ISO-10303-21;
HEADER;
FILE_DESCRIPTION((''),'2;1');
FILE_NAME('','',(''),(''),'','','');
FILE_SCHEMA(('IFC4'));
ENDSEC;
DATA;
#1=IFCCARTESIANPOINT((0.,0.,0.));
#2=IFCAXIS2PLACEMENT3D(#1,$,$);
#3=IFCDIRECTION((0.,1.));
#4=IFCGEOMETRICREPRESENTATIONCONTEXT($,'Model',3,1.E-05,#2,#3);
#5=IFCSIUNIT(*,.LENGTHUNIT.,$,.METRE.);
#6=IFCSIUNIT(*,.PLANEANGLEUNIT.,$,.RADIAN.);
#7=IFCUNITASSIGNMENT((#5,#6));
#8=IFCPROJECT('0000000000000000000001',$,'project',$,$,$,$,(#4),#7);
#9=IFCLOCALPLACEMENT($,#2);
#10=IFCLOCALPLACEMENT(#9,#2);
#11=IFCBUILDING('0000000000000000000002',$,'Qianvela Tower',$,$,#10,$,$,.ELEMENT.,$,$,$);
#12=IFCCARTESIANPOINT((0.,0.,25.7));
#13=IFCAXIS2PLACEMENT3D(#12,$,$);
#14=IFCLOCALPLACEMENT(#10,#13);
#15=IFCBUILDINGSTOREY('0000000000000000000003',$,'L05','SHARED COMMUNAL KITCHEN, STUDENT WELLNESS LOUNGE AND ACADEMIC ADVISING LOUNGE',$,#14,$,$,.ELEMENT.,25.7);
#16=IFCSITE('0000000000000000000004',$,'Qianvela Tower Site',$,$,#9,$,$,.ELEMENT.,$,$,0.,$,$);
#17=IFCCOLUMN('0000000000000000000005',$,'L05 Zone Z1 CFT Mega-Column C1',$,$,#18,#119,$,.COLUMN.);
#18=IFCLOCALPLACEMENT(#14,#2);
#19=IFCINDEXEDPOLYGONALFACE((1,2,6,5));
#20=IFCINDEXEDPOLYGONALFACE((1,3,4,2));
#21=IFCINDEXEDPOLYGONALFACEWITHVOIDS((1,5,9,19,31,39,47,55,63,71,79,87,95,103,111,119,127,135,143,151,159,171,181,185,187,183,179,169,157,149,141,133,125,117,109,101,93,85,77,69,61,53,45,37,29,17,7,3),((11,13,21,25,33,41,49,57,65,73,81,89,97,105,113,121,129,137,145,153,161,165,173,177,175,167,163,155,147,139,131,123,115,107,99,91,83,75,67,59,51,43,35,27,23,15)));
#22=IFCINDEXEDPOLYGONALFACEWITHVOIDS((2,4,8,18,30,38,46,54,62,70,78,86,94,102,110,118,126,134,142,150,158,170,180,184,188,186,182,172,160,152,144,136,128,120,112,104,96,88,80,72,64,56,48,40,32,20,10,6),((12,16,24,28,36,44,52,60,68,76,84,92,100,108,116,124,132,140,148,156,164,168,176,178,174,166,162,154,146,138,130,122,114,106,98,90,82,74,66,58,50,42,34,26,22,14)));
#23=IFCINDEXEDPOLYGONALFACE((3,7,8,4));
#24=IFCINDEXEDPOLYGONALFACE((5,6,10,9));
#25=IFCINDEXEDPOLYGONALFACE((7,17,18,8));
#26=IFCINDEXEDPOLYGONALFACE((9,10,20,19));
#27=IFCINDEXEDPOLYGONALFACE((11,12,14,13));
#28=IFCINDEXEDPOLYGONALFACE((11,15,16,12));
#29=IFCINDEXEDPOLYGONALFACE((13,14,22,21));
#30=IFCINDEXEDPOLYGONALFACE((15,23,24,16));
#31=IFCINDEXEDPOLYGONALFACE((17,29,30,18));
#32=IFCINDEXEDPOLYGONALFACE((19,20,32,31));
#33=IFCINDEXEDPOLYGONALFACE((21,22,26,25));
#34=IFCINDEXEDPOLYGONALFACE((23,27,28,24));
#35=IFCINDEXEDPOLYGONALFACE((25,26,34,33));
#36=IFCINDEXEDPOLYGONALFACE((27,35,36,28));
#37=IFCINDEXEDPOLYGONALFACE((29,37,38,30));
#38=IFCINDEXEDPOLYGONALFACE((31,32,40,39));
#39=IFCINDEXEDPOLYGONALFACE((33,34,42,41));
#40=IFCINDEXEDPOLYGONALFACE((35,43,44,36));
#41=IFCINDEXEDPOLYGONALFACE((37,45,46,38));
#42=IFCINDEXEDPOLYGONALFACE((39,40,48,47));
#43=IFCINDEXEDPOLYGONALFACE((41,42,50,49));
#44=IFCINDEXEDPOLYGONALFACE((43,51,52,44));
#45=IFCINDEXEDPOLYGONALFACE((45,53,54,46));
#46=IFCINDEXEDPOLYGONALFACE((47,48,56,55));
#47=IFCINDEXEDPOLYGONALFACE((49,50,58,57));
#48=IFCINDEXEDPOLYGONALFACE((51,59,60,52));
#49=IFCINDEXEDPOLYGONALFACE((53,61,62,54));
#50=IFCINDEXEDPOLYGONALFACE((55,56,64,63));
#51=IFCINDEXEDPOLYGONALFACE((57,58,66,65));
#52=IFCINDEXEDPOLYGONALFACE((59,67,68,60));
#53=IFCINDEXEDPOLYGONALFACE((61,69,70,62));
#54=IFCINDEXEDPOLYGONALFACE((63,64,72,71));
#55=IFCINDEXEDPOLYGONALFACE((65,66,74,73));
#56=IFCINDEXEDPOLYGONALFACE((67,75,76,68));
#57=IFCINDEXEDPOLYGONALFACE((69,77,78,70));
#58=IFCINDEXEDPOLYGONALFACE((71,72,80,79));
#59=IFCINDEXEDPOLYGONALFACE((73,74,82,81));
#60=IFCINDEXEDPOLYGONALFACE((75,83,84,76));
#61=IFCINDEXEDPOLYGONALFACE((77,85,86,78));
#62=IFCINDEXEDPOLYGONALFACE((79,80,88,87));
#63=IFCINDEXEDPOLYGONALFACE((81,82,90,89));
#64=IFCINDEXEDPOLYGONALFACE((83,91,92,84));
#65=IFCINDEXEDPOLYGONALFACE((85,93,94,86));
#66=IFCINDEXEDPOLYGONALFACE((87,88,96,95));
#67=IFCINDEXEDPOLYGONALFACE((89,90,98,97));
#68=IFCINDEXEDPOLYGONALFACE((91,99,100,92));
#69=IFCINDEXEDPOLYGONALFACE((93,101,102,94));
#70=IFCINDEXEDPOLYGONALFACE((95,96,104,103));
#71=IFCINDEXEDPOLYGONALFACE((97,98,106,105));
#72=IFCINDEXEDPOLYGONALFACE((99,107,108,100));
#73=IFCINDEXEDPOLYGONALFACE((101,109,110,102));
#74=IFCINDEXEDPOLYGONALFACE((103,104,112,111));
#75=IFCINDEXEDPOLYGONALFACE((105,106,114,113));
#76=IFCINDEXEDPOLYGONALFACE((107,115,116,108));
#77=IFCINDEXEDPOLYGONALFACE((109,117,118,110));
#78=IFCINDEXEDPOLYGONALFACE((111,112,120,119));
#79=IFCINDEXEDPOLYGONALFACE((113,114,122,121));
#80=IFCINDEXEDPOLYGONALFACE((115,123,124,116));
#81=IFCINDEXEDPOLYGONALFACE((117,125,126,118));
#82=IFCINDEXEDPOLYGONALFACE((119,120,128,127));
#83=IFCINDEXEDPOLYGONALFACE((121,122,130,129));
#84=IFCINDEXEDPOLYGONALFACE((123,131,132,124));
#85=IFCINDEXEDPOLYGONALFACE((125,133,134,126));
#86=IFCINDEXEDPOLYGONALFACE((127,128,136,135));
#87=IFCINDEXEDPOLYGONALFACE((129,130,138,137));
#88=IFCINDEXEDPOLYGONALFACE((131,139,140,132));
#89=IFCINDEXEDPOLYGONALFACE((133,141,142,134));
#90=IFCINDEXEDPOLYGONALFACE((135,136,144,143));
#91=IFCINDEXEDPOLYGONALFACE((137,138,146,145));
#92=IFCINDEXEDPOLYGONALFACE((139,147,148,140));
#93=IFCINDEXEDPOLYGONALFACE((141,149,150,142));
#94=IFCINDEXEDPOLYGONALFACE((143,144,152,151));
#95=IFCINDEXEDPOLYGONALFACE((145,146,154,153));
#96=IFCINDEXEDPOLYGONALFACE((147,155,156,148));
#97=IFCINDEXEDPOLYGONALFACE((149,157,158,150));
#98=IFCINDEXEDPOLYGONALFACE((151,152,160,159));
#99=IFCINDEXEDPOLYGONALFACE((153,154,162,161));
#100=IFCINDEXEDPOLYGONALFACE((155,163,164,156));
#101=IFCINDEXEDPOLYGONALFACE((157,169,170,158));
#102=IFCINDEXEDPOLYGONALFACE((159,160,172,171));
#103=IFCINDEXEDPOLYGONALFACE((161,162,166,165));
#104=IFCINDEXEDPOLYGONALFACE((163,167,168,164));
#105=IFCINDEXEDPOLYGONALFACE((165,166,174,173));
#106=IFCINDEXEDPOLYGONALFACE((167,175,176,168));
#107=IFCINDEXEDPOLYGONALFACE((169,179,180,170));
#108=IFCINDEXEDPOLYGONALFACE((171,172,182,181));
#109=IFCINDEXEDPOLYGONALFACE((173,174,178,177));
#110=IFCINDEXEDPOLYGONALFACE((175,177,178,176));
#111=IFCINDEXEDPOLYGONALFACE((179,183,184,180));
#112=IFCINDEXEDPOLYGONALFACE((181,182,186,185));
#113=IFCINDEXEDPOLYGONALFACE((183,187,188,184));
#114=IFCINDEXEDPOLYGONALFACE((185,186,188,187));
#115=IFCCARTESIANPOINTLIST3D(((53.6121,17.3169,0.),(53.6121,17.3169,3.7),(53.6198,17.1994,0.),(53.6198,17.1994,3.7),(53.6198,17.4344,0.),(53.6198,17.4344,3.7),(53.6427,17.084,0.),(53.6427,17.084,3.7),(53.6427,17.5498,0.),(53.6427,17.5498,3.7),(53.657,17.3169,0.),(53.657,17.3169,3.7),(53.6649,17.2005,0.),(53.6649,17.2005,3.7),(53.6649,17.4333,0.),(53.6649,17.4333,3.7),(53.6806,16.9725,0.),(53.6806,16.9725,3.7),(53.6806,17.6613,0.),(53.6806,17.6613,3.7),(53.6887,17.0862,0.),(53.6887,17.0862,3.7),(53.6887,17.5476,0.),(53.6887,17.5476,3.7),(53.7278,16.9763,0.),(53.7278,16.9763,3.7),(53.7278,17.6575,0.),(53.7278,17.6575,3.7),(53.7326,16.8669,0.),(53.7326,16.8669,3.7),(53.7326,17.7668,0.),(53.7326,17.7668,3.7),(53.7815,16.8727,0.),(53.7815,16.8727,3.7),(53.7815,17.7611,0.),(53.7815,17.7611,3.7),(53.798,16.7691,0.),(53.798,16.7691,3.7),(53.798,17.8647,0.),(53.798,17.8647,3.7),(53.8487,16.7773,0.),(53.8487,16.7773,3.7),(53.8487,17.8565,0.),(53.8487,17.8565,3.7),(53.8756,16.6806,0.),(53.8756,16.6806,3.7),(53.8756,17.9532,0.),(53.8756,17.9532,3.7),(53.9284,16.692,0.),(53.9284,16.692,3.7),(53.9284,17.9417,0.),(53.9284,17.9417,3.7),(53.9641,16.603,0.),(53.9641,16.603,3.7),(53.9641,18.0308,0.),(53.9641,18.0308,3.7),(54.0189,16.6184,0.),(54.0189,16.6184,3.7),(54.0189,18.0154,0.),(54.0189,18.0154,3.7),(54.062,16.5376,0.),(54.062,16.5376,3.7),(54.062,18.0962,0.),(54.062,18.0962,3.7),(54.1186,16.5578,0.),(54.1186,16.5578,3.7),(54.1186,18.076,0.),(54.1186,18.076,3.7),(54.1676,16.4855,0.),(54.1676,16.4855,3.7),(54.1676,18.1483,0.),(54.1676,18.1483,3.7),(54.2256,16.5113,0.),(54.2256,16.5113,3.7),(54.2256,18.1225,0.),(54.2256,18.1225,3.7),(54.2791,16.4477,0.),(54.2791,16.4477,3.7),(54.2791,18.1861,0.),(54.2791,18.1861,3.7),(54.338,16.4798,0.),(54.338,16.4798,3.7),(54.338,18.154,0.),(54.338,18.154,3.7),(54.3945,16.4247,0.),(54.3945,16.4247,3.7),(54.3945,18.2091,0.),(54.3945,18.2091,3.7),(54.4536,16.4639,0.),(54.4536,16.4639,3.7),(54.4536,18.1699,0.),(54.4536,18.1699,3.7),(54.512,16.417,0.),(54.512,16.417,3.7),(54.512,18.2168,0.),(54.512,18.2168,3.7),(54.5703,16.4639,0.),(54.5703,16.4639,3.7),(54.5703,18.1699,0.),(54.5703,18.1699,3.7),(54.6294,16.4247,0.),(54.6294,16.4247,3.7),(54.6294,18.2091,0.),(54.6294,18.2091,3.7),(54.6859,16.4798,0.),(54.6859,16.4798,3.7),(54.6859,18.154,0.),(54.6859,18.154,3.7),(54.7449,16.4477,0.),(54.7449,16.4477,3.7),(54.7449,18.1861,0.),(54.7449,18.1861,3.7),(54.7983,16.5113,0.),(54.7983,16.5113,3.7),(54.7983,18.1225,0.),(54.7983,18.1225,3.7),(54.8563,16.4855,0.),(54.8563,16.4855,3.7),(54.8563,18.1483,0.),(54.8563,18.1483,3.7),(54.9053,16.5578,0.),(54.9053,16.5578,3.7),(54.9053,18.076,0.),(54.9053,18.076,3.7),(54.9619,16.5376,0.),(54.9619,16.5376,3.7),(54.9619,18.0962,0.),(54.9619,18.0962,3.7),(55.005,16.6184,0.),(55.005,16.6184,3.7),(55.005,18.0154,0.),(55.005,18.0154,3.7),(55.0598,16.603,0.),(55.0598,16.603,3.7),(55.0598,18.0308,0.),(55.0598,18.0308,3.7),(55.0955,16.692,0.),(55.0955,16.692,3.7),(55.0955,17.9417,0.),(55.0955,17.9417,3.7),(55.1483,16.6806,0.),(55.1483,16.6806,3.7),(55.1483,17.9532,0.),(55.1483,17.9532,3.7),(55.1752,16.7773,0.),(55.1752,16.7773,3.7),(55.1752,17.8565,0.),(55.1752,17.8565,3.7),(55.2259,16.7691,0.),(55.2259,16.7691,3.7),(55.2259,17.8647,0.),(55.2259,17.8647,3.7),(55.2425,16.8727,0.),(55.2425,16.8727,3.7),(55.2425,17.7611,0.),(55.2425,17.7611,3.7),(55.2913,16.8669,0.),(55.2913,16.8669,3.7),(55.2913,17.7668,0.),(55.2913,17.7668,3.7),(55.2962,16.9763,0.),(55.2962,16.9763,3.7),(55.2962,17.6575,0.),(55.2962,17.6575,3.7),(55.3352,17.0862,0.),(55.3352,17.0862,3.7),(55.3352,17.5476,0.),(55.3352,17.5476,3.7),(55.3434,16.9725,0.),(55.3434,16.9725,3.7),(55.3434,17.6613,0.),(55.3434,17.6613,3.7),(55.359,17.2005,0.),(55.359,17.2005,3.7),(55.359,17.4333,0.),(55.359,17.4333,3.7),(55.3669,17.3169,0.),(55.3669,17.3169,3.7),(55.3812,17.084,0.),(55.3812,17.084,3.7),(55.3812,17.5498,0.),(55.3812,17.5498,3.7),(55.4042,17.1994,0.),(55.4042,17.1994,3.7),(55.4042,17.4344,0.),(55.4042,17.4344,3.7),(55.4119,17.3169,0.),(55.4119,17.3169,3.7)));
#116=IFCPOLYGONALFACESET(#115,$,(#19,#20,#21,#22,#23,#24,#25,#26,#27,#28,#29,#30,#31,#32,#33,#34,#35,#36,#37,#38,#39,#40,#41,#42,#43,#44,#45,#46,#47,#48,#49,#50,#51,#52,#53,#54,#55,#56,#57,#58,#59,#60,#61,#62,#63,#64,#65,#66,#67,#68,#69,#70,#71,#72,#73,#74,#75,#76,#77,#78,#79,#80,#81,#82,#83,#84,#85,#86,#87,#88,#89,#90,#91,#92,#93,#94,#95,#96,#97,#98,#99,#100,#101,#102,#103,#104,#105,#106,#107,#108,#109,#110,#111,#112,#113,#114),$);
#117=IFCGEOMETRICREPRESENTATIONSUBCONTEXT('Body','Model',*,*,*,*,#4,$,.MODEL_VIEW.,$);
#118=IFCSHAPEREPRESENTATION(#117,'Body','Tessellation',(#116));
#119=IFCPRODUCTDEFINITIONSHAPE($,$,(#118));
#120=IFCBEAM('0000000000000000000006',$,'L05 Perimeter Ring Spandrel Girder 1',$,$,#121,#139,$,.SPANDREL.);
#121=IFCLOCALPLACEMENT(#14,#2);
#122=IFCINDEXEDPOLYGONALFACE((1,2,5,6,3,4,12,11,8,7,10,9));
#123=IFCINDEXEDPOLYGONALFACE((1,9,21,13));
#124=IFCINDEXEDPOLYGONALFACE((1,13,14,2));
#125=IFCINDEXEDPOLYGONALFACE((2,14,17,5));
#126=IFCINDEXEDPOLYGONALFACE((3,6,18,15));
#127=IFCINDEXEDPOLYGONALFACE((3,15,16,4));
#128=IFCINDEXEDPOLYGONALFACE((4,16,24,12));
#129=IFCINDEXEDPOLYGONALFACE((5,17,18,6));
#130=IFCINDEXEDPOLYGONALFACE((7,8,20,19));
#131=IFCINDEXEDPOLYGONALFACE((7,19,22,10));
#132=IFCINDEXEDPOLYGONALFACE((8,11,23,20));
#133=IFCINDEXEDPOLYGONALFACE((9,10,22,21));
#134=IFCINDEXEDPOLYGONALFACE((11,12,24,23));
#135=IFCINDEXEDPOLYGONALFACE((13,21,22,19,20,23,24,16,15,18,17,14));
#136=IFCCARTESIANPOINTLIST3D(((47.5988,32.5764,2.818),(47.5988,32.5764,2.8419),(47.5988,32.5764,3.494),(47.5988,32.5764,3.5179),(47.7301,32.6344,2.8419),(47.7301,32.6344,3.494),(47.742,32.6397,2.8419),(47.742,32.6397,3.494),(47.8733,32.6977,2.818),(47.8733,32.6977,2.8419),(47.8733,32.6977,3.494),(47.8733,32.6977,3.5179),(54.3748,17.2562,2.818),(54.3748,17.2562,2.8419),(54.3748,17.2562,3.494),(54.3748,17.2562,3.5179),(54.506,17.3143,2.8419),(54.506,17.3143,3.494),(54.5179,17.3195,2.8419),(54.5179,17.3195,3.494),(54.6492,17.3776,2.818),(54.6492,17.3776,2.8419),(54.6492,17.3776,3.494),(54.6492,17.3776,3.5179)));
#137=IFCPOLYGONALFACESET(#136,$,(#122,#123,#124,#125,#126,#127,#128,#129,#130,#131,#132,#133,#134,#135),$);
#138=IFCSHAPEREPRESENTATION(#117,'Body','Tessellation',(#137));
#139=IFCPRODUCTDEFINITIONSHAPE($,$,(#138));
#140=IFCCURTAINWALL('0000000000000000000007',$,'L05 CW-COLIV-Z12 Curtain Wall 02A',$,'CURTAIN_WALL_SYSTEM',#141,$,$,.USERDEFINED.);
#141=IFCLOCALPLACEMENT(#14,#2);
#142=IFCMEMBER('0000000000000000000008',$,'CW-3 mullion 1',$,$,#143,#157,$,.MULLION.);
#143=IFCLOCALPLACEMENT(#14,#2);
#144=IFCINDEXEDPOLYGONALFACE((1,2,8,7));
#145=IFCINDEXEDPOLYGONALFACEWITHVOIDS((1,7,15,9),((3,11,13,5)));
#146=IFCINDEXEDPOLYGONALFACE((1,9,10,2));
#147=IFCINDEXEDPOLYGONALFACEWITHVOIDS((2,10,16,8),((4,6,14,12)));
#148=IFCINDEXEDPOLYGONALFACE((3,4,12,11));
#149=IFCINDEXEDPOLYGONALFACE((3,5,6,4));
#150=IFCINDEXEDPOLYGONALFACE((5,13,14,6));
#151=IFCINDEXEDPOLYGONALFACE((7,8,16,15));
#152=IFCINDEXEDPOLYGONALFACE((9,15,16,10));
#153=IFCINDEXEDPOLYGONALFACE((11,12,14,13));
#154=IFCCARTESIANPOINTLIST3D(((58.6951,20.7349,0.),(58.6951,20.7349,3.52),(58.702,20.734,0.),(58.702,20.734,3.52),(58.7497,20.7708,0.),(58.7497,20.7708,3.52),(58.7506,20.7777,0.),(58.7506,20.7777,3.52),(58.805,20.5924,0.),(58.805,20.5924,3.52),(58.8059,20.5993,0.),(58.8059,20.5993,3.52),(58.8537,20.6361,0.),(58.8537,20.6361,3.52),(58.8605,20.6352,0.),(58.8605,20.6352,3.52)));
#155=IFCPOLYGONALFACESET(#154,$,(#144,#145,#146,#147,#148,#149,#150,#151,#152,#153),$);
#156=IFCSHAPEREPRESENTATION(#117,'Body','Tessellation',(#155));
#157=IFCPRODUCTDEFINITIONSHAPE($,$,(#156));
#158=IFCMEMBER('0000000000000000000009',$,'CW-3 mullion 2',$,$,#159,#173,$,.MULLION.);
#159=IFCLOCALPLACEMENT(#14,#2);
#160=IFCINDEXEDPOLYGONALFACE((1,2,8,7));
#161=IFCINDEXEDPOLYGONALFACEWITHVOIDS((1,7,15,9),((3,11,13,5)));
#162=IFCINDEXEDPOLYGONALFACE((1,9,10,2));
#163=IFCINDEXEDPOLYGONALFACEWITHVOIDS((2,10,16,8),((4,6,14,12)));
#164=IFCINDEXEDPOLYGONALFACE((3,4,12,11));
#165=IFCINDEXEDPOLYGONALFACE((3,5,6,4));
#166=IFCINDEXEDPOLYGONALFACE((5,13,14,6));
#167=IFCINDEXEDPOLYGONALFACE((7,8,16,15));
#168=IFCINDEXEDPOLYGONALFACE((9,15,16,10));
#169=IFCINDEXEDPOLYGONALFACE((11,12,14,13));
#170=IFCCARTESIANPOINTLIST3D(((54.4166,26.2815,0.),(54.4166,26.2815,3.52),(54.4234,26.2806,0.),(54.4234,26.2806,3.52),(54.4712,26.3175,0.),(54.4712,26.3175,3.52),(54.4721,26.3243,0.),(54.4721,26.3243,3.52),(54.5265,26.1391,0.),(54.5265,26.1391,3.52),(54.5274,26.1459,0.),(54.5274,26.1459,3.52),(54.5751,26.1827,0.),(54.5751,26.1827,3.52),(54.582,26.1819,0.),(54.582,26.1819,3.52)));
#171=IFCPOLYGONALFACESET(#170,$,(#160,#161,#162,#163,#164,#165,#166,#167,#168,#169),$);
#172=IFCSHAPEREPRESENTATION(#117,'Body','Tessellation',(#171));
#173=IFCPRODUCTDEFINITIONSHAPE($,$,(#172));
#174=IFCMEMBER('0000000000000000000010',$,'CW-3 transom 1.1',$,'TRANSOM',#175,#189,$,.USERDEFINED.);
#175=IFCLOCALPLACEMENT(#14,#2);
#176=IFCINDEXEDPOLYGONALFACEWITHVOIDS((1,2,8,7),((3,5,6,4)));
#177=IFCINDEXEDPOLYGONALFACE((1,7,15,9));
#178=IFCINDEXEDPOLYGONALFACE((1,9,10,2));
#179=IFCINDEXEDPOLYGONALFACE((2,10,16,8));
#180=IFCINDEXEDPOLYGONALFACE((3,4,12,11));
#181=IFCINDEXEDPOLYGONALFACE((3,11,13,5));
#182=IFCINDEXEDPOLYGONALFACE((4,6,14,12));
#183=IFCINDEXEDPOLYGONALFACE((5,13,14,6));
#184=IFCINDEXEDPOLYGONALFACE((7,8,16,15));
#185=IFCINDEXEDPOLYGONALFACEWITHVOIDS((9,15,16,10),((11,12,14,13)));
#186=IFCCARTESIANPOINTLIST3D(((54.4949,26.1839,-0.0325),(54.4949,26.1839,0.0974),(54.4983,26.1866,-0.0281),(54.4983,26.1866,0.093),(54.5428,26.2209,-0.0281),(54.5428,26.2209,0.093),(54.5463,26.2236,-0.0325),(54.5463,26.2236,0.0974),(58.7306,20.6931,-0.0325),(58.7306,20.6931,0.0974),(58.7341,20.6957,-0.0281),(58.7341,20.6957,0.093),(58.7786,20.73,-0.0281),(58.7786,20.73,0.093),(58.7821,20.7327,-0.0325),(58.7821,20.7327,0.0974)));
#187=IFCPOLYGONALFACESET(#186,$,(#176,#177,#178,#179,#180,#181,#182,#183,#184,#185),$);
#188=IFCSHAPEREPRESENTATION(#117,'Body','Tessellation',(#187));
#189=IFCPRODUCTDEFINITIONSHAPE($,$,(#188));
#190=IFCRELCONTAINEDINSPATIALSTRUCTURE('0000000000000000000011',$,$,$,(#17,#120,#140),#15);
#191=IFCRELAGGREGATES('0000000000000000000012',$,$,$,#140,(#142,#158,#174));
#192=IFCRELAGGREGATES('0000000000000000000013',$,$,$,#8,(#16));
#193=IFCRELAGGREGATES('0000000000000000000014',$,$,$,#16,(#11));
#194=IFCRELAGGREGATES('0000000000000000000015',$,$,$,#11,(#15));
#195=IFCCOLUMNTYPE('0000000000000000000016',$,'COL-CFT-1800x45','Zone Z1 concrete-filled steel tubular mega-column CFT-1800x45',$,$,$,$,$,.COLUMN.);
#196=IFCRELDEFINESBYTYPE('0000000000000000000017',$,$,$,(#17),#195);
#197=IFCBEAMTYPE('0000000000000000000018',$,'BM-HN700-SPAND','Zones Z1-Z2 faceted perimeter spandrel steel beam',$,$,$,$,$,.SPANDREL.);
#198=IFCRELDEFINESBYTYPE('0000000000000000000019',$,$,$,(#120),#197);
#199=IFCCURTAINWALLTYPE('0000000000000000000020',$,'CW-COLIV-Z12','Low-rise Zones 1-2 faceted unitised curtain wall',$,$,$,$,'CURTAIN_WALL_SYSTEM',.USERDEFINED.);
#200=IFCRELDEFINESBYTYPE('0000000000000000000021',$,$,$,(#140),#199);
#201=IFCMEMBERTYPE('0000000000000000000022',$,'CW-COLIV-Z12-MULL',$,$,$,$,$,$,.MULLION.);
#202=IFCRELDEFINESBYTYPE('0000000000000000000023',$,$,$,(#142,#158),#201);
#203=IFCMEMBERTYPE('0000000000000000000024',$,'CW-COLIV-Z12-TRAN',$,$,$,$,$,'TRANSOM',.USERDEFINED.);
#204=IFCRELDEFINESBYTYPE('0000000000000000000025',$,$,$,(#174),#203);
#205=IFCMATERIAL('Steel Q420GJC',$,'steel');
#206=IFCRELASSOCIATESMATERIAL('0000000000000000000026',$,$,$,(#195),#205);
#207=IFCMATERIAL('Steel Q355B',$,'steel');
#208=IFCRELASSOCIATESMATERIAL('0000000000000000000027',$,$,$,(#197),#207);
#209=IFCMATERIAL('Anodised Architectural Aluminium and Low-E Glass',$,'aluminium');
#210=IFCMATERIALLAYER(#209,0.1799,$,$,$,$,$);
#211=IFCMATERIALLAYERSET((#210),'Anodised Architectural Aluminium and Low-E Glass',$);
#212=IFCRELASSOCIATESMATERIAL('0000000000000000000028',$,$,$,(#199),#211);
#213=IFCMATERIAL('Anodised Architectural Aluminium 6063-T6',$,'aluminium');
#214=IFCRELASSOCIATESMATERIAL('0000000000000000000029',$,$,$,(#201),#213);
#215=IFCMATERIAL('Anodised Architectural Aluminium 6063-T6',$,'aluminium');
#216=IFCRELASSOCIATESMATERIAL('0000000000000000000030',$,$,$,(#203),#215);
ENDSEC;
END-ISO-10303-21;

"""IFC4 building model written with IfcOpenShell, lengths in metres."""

from ifc_helpers import new_model, si_unit, direction, frame, origin, origin_2d, place, context, subcontext, project, spatial, hollow_rectangle, hollow_circle, i_section, extrude, material, layer, layer_set, material_profile, profile_set, type_object, element, aggregate, save


model = new_model("IFC4")

# Units and contexts
model_context = context("Model", 3, precision=1e-05, world=origin(), true_north=direction((0.0, 1.0)))
body_context = subcontext(model_context, "Body", "Model", "MODEL_VIEW")
ifc_project = project(units=[si_unit("LENGTHUNIT", "METRE"), si_unit("PLANEANGLEUNIT", "RADIAN")], contexts=[model_context])

# Site, building, storey
site_placement = place(None, origin())
site = spatial("IfcSite", under=ifc_project, at=site_placement, Name="Qianvela Tower Site", CompositionType="ELEMENT", RefElevation=0.0)
building_placement = place(site_placement, origin())
building = spatial("IfcBuilding", under=site, at=building_placement, Name="Qianvela Tower", CompositionType="ELEMENT")
storey_placement = place(building_placement, frame((0.0, 0.0, 25.7)))
storey = spatial("IfcBuildingStorey", under=building, at=storey_placement, Name="L05", Description="SHARED COMMUNAL KITCHEN, STUDENT WELLNESS LOUNGE AND ACADEMIC ADVISING LOUNGE", CompositionType="ELEMENT", Elevation=25.7)

# Column
ifc_material_1 = material(Name="Steel Q420GJC", Category="steel")
ifc_material_profile_1 = material_profile(ifc_material_1, hollow_circle(Radius=0.8999, WallThickness=0.0449, at=origin_2d()), Name="CFT-1800x45")
ifc_profile_set_1 = profile_set([ifc_material_profile_1], Name="Steel Q420GJC")
column_type = type_object("IfcColumnType", Name="COL-CFT-1800x45", Description="Zone Z1 concrete-filled steel tubular mega-column CFT-1800x45", PredefinedType="COLUMN", material=ifc_profile_set_1)
column_placement = place(storey_placement, frame((54.512, 17.3169, 0.0), z_axis=(0.0, 0.0, 1.0), x_axis=(1.0, 0.0, 0.0)))
element("IfcColumn", 1, at=column_placement, inside=storey, type_object=column_type, Name="L05 Zone Z1 CFT Mega-Column C1", PredefinedType="COLUMN", context=body_context, shape_type="SweptSolid", body=[
    extrude(hollow_circle(Radius=0.8999, WallThickness=0.0449, at=origin_2d()), origin(), (0.0, 0.0, 1.0), 3.7),
])

# Beam
ifc_material_2 = material(Name="Steel Q355B", Category="steel")
ifc_material_profile_2 = material_profile(ifc_material_2, i_section(OverallWidth=0.3, OverallDepth=0.7, WebThickness=0.0129, FlangeThickness=0.0239, at=origin_2d()), Name="HN700x300x13x24")
ifc_profile_set_2 = profile_set([ifc_material_profile_2], Name="Steel Q355B")
beam_type = type_object("IfcBeamType", Name="BM-HN700-SPAND", Description="Zones Z1-Z2 faceted perimeter spandrel steel beam", PredefinedType="SPANDREL", material=ifc_profile_set_2)
beam_placement = place(storey_placement, frame((54.512, 17.3169, 3.168), z_axis=(-0.404491, 0.914542, 0.0), x_axis=(-0.914542, -0.404491, 0.0)))
element("IfcBeam", 2, at=beam_placement, inside=storey, type_object=beam_type, Name="L05 Perimeter Ring Spandrel Girder 1", PredefinedType="SPANDREL", context=body_context, shape_type="SweptSolid", body=[
    extrude(i_section(OverallWidth=0.3, OverallDepth=0.7, WebThickness=0.0129, FlangeThickness=0.0239, at=origin_2d()), origin(), (0.0, 0.0, 1.0), 16.7517),
])

# Curtain wall, members
ifc_material_3 = material(Name="Anodised Architectural Aluminium and Low-E Glass", Category="aluminium")
ifc_layer_1 = layer(ifc_material_3, 0.1799)
ifc_layer_set_1 = layer_set([ifc_layer_1], Name="Anodised Architectural Aluminium and Low-E Glass")
curtain_wall_type = type_object("IfcCurtainWallType", Name="CW-COLIV-Z12", Description="Low-rise Zones 1-2 faceted unitised curtain wall", ElementType="CURTAIN_WALL_SYSTEM", PredefinedType="USERDEFINED", material=ifc_layer_set_1)
curtain_wall_placement = place(storey_placement, origin())
curtain_wall = element("IfcCurtainWall", 3, at=curtain_wall_placement, inside=storey, type_object=curtain_wall_type, Name="L05 CW-COLIV-Z12 Curtain Wall 02A", ObjectType="CURTAIN_WALL_SYSTEM", PredefinedType="USERDEFINED")
ifc_material_4 = material(Name="Anodised Architectural Aluminium 6063-T6", Category="aluminium")
ifc_material_profile_3 = material_profile(ifc_material_4, hollow_rectangle(XDim=0.0701, YDim=0.1799, WallThickness=0.0049, at=origin_2d()), Name="ALU-MULL-70x180")
ifc_profile_set_3 = profile_set([ifc_material_profile_3], Name="Anodised Architectural Aluminium 6063-T6")
member_type_1 = type_object("IfcMemberType", Name="CW-COLIV-Z12-MULL", PredefinedType="MULLION", material=ifc_profile_set_3)
member_1_placement = place(storey_placement, frame((58.7778, 20.6851, 0.0), z_axis=(0.0, 0.0, 1.0), x_axis=(-0.791789, -0.610795, 0.0)))
member_1 = element("IfcMember", 4, at=member_1_placement, type_object=member_type_1, Name="CW-3 mullion 1", PredefinedType="MULLION", context=body_context, shape_type="SweptSolid", body=[
    extrude(hollow_rectangle(XDim=0.0701, YDim=0.1799, WallThickness=0.0049, at=origin_2d()), origin(), (0.0, 0.0, 1.0), 3.52),
])
member_2_placement = place(storey_placement, frame((54.4993, 26.2317, 0.0), z_axis=(0.0, 0.0, 1.0), x_axis=(-0.791789, -0.610795, 0.0)))
member_2 = element("IfcMember", 5, at=member_2_placement, type_object=member_type_1, Name="CW-3 mullion 2", PredefinedType="MULLION", context=body_context, shape_type="SweptSolid", body=[
    extrude(hollow_rectangle(XDim=0.0701, YDim=0.1799, WallThickness=0.0049, at=origin_2d()), origin(), (0.0, 0.0, 1.0), 3.52),
])
ifc_material_5 = material(Name="Anodised Architectural Aluminium 6063-T6", Category="aluminium")
ifc_material_profile_4 = material_profile(ifc_material_5, hollow_rectangle(XDim=0.0649, YDim=0.1299, WallThickness=0.0044, at=origin_2d()), Name="ALU-TRAN-65x130")
ifc_profile_set_4 = profile_set([ifc_material_profile_4], Name="Anodised Architectural Aluminium 6063-T6")
member_type_2 = type_object("IfcMemberType", Name="CW-COLIV-Z12-TRAN", ElementType="TRANSOM", PredefinedType="USERDEFINED", material=ifc_profile_set_4)
member_3_placement = place(storey_placement, frame((58.7563, 20.7129, 0.0325), z_axis=(-0.610799, 0.791786, 0.0), x_axis=(-0.791786, -0.610799, 0.0)))
member_3 = element("IfcMember", 6, at=member_3_placement, type_object=member_type_2, Name="CW-3 transom 1.1", ObjectType="TRANSOM", PredefinedType="USERDEFINED", context=body_context, shape_type="SweptSolid", body=[
    extrude(hollow_rectangle(XDim=0.0649, YDim=0.1299, WallThickness=0.0044, at=origin_2d()), origin(), (0.0, 0.0, 1.0), 6.9348),
])
aggregate(curtain_wall, [member_1, member_2, member_3])

save(model, "model.ifc")
